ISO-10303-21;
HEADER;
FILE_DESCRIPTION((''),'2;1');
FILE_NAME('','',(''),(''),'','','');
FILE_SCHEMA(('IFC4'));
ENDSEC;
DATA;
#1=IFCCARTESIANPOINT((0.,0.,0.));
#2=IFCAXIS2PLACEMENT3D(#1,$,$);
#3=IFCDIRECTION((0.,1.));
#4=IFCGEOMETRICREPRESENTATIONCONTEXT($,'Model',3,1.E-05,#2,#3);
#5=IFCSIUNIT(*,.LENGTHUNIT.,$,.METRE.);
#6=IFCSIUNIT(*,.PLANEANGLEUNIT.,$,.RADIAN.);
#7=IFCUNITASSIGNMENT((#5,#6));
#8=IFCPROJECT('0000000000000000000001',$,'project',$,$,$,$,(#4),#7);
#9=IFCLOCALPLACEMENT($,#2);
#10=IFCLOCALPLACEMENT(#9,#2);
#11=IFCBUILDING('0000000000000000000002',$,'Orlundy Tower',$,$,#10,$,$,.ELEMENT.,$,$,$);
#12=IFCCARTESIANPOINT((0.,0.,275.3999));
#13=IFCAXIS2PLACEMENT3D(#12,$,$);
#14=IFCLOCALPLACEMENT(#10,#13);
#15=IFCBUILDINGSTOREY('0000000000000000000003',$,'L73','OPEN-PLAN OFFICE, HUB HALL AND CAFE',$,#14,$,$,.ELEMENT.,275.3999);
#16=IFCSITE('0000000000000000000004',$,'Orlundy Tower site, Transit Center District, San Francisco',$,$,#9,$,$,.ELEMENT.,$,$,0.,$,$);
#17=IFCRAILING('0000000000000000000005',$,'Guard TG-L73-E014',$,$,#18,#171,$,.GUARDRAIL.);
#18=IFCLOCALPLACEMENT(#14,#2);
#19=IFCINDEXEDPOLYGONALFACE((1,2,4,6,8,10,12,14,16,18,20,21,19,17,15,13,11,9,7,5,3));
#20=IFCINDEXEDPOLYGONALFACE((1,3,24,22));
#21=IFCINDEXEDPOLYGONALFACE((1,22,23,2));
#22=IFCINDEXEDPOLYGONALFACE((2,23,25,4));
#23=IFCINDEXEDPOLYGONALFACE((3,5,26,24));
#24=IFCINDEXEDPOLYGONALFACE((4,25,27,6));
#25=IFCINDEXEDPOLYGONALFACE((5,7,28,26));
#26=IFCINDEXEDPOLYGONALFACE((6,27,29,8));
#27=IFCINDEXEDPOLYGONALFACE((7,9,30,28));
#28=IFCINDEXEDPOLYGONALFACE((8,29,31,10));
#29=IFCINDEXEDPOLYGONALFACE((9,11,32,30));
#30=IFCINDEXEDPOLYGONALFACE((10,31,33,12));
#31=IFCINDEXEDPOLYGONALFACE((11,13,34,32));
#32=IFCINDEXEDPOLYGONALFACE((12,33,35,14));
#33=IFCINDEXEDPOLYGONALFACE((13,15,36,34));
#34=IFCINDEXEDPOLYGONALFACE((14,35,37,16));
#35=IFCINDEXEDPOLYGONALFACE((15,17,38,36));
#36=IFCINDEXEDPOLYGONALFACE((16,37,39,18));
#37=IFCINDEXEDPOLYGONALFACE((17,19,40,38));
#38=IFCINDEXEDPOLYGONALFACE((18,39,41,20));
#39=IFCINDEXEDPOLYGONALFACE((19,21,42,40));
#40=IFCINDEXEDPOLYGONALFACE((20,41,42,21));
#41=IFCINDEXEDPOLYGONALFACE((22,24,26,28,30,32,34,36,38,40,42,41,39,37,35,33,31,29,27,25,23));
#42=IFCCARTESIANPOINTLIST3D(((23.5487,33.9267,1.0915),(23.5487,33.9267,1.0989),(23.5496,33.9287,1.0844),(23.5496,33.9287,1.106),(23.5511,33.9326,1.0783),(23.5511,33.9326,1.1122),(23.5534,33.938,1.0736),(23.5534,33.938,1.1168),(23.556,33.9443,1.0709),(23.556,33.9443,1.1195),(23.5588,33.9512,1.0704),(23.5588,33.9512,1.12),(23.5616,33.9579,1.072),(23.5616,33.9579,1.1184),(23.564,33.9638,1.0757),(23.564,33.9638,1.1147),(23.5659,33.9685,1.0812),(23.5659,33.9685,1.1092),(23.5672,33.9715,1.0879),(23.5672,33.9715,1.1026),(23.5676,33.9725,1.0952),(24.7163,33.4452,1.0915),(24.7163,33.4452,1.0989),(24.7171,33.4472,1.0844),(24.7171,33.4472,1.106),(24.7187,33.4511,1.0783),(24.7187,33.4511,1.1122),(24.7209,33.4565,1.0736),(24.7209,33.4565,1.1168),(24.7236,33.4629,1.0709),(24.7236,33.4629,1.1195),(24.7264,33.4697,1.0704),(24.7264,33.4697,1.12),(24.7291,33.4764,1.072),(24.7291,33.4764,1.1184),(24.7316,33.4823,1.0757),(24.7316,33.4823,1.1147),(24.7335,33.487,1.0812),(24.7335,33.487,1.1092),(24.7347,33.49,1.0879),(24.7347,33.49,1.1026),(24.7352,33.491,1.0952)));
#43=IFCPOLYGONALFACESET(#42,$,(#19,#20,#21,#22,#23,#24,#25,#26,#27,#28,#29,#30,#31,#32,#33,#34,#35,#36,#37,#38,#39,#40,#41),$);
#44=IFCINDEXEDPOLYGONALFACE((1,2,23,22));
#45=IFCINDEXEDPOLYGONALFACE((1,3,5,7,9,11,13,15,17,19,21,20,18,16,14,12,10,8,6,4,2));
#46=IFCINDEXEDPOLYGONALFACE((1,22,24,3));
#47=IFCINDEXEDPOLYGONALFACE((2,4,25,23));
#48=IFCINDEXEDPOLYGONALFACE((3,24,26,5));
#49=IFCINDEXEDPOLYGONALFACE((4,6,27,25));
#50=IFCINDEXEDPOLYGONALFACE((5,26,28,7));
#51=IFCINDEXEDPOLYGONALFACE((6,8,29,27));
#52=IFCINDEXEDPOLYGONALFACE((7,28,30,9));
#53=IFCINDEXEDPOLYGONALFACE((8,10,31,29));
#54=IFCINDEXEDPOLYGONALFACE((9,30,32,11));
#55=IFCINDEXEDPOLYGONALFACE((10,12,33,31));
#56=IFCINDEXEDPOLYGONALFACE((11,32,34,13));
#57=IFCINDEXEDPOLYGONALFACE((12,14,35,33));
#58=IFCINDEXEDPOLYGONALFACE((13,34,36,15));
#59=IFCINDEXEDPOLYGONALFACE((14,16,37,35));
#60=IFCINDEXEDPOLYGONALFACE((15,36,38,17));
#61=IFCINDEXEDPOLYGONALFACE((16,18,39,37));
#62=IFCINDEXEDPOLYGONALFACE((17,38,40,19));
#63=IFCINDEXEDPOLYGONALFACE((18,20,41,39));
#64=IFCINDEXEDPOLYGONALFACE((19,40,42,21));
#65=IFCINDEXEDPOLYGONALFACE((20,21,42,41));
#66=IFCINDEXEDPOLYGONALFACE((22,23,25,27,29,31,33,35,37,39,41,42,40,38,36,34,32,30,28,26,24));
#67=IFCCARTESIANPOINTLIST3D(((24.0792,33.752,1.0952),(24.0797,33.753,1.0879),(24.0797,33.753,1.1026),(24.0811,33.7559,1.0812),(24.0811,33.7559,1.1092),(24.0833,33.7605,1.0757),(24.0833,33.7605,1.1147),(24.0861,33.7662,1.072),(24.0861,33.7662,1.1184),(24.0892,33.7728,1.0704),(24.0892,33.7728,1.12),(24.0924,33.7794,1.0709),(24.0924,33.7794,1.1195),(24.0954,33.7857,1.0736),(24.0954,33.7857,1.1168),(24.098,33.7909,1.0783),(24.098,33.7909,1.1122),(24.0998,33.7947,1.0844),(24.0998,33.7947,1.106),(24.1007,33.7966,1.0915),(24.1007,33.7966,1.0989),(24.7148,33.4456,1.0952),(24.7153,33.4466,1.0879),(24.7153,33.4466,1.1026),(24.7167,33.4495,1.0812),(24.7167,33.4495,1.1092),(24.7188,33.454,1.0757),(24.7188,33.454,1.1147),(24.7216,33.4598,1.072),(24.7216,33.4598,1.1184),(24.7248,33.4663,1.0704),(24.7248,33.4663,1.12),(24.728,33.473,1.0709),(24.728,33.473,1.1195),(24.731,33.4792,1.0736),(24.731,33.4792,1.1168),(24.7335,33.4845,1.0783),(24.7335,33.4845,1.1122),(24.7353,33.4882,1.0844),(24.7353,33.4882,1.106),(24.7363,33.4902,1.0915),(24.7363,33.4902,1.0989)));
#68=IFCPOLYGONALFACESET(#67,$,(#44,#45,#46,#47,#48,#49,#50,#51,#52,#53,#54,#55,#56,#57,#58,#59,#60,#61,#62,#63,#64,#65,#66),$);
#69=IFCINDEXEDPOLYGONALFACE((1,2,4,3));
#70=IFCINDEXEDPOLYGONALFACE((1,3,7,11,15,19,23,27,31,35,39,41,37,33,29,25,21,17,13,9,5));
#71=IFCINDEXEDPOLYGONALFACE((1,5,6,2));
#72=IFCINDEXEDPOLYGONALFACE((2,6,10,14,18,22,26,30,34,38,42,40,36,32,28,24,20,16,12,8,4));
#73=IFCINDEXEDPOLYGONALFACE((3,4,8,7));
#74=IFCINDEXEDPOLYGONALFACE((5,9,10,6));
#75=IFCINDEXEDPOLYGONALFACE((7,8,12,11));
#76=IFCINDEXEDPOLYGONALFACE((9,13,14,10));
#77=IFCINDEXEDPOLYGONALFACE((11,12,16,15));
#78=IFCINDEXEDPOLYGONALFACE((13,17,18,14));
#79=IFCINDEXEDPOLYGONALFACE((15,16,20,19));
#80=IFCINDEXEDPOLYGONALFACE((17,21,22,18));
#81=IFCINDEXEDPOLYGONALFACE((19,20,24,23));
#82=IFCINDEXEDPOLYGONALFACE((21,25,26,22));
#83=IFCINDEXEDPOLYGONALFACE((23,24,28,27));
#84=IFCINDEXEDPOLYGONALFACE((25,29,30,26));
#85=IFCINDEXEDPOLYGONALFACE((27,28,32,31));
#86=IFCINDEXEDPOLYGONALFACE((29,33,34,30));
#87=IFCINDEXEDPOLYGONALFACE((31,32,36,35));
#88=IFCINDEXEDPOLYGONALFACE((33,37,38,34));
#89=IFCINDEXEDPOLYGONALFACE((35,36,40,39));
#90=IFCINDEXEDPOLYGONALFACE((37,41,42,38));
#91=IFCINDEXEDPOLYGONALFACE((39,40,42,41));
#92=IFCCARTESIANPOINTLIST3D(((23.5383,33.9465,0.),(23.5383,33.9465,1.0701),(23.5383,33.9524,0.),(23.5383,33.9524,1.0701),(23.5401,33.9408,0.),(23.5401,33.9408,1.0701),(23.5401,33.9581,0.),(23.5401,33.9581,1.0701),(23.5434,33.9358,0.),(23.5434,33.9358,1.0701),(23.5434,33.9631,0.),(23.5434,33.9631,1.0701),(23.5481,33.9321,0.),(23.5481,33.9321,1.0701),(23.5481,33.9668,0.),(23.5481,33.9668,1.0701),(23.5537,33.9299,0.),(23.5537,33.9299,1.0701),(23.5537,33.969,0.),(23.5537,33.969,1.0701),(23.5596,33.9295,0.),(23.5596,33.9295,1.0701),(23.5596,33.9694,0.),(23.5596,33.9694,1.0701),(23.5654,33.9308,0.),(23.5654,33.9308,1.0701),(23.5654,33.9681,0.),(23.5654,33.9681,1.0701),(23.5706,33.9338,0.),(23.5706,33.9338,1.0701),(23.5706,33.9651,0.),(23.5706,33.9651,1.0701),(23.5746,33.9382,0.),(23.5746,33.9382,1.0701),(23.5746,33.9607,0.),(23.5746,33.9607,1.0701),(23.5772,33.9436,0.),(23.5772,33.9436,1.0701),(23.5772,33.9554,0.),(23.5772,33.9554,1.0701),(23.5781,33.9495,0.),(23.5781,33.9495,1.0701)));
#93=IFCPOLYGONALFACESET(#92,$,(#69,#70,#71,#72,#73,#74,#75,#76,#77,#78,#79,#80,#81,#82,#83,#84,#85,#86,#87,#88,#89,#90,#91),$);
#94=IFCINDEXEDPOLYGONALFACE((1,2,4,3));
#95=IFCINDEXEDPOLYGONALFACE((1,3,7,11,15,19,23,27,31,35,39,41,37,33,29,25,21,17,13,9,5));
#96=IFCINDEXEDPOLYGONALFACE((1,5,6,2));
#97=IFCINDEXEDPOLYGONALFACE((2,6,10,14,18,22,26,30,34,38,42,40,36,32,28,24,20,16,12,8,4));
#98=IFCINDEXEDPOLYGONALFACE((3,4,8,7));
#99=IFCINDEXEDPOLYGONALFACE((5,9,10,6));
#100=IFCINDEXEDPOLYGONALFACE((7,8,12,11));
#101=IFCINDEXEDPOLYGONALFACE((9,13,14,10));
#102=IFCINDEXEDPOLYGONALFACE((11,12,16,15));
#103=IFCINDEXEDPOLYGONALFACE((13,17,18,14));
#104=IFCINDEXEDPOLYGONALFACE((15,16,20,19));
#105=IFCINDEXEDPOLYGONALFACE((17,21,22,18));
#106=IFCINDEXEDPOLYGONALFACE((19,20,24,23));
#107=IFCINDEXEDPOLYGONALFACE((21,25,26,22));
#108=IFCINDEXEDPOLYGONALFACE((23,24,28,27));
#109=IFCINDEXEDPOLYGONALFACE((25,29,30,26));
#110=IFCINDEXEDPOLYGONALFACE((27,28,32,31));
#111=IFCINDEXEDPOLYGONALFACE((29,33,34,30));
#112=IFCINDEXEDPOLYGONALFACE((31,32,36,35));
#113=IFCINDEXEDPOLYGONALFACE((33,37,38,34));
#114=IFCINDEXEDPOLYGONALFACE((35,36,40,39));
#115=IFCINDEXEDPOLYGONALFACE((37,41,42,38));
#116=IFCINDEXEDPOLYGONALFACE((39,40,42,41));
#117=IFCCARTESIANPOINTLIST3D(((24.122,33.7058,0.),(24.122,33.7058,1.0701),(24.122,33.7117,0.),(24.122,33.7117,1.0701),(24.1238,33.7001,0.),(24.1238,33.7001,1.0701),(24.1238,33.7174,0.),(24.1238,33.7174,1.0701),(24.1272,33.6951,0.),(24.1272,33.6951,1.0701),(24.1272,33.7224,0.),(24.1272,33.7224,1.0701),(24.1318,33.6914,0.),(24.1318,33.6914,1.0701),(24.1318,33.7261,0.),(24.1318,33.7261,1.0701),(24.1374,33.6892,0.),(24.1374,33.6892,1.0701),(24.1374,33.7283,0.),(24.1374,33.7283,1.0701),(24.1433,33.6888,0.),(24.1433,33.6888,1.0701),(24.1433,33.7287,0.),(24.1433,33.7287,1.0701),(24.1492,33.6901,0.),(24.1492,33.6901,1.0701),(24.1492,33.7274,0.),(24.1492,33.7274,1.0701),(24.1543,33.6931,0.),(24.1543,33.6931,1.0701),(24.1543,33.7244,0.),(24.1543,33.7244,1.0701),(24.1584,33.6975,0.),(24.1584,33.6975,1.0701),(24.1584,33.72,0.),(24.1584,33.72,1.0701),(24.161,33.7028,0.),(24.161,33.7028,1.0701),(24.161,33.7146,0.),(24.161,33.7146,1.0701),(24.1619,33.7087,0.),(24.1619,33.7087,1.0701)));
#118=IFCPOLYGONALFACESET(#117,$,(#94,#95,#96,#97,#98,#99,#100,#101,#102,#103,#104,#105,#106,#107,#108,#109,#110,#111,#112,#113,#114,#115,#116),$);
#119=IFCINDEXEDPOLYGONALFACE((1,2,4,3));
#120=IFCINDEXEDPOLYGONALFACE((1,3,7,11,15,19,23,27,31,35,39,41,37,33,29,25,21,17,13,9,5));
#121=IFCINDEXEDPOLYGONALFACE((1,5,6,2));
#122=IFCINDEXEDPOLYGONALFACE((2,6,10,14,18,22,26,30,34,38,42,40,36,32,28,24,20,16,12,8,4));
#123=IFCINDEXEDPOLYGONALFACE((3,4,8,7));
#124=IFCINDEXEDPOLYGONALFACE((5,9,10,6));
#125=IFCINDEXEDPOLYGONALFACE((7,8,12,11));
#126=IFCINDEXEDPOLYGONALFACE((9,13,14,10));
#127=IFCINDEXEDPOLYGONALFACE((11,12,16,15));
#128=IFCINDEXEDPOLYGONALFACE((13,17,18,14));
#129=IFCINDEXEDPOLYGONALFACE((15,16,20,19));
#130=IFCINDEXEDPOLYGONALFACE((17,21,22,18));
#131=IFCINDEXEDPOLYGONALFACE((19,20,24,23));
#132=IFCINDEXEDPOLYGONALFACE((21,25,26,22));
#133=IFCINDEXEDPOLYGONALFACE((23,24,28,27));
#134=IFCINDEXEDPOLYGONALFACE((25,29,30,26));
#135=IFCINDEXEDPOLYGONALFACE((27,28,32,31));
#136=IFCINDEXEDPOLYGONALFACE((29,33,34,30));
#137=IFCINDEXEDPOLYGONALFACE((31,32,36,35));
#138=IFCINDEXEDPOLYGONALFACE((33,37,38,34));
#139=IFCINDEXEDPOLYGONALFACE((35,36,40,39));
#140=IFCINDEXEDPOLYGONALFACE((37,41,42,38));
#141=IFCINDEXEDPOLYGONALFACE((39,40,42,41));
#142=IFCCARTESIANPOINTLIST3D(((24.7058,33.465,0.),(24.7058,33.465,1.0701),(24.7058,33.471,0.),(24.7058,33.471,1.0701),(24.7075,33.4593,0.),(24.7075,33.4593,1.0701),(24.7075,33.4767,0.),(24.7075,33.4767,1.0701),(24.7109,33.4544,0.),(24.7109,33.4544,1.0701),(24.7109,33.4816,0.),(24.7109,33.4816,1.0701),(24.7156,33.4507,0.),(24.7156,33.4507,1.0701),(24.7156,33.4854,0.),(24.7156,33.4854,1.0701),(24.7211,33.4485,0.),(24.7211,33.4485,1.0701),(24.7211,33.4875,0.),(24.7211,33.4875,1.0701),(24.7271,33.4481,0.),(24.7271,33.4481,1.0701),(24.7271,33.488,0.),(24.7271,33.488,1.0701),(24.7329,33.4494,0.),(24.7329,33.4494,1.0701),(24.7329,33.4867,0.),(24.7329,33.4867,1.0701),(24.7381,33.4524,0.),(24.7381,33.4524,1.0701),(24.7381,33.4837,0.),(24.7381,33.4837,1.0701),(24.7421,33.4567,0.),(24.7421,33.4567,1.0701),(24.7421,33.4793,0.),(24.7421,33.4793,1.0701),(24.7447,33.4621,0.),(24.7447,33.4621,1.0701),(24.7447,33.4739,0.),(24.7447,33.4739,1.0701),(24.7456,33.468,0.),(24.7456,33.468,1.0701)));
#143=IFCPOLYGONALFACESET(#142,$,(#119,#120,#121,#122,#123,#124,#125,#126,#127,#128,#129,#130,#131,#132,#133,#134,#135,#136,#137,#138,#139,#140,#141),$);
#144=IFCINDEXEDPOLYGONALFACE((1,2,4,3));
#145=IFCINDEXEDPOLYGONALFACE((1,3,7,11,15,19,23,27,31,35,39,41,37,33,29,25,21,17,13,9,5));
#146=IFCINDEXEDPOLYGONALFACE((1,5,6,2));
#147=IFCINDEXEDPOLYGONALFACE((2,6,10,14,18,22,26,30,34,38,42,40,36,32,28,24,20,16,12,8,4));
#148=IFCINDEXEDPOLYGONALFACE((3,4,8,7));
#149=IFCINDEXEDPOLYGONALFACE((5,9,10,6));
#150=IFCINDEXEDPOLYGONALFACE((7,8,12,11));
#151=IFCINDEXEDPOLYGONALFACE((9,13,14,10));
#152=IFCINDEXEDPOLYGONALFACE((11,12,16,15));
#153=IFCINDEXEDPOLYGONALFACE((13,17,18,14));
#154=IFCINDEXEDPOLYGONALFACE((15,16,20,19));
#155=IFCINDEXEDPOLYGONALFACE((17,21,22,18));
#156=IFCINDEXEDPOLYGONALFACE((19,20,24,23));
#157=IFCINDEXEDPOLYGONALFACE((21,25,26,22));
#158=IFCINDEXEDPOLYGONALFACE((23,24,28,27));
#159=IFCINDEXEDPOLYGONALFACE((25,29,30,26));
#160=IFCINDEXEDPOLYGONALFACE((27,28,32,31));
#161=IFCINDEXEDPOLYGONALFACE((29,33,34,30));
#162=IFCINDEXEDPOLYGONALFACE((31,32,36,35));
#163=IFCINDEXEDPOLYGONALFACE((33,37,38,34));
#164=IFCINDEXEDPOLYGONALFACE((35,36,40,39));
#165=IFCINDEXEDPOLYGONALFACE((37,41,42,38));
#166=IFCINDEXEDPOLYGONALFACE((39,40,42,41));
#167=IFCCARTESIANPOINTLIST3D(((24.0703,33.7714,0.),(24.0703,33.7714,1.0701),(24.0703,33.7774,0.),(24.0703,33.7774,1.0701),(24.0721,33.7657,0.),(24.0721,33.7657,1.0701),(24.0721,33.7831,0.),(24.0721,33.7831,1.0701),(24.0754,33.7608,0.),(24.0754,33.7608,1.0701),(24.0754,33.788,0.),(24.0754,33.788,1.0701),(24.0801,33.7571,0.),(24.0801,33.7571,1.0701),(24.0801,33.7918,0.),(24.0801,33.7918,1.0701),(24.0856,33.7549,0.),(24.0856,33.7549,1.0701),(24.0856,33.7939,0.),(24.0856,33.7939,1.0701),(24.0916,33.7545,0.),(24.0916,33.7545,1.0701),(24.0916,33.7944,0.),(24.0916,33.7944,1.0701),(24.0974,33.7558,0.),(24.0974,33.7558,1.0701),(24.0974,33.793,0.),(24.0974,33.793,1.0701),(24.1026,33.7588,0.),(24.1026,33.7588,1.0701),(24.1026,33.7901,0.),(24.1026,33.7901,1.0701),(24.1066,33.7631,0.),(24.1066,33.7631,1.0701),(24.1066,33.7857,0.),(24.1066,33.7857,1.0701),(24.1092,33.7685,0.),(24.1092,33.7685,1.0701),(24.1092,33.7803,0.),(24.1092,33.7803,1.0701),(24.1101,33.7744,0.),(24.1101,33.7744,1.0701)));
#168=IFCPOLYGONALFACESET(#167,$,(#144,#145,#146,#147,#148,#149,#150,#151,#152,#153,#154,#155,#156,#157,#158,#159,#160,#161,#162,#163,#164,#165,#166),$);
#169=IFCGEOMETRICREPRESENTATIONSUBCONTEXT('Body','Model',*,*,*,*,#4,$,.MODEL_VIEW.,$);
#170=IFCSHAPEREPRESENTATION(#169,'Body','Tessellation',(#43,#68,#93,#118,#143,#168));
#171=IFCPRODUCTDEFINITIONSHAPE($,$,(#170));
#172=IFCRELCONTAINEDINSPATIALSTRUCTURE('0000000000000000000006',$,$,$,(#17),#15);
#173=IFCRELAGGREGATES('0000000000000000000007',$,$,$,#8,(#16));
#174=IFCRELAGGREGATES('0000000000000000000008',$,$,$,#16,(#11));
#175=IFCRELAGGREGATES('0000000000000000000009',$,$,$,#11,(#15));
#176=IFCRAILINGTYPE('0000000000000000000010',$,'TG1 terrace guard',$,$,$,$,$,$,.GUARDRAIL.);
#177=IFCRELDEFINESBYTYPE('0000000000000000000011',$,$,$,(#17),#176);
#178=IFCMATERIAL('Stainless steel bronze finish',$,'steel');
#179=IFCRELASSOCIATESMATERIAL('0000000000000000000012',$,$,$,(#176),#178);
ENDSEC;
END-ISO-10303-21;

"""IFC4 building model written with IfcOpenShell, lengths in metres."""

from ifc_helpers import new_model, si_unit, direction, frame, origin, origin_2d, place, context, subcontext, project, spatial, circle, extrude, material, type_object, element, save


model = new_model("IFC4")

# Units and contexts
model_context = context("Model", 3, precision=1e-05, world=origin(), true_north=direction((0.0, 1.0)))
body_context = subcontext(model_context, "Body", "Model", "MODEL_VIEW")
ifc_project = project(units=[si_unit("LENGTHUNIT", "METRE"), si_unit("PLANEANGLEUNIT", "RADIAN")], contexts=[model_context])

# Site, building, storey
site_placement = place(None, origin())
site = spatial("IfcSite", under=ifc_project, at=site_placement, Name="Orlundy Tower site, Transit Center District, San Francisco", CompositionType="ELEMENT", RefElevation=0.0)
building_placement = place(site_placement, origin())
building = spatial("IfcBuilding", under=site, at=building_placement, Name="Orlundy Tower", CompositionType="ELEMENT")
storey_placement = place(building_placement, frame((0.0, 0.0, 275.3999)))
storey = spatial("IfcBuildingStorey", under=building, at=storey_placement, Name="L73", Description="OPEN-PLAN OFFICE, HUB HALL AND CAFE", CompositionType="ELEMENT", Elevation=275.3999)

# Railing
ifc_material_1 = material(Name="Stainless steel bronze finish", Category="steel")
railing_type = type_object("IfcRailingType", Name="TG1 terrace guard", PredefinedType="GUARDRAIL", material=ifc_material_1)
railing_1_placement = place(storey_placement, frame((23.5581, 33.9495, 0.0)))
element("IfcRailing", 1, at=railing_1_placement, inside=storey, type_object=railing_type, Name="Guard TG-L73-E014", PredefinedType="GUARDRAIL", context=body_context, shape_type="SweptSolid", body=[
    extrude(circle(Radius=0.0249, at=origin_2d()), frame((0.0, 0.0, 1.0952), z_axis=(0.924478, -0.381236, 0.0), x_axis=(0.381236, 0.924478, 0.0)), (0.0, 0.0, 1.0), 1.2629),
    extrude(circle(Radius=0.0249, at=origin_2d()), frame((1.1675, -0.4814, 1.0952), z_axis=(-0.900771, 0.434294, 0.0), x_axis=(-0.434294, -0.900771, 0.0)), (0.0, 0.0, 1.0), 0.7056),
    extrude(circle(Radius=0.02, at=origin_2d()), origin(), (0.0, 0.0, 1.0), 1.0701),
    extrude(circle(Radius=0.02, at=origin_2d()), frame((0.5837, -0.2407, 0.0)), (0.0, 0.0, 1.0), 1.0701),
    extrude(circle(Radius=0.02, at=origin_2d()), frame((1.1675, -0.4814, 0.0)), (0.0, 0.0, 1.0), 1.0701),
    extrude(circle(Radius=0.02, at=origin_2d()), frame((0.532, -0.175, 0.0)), (0.0, 0.0, 1.0), 1.0701),
])

save(model, "model.ifc")
